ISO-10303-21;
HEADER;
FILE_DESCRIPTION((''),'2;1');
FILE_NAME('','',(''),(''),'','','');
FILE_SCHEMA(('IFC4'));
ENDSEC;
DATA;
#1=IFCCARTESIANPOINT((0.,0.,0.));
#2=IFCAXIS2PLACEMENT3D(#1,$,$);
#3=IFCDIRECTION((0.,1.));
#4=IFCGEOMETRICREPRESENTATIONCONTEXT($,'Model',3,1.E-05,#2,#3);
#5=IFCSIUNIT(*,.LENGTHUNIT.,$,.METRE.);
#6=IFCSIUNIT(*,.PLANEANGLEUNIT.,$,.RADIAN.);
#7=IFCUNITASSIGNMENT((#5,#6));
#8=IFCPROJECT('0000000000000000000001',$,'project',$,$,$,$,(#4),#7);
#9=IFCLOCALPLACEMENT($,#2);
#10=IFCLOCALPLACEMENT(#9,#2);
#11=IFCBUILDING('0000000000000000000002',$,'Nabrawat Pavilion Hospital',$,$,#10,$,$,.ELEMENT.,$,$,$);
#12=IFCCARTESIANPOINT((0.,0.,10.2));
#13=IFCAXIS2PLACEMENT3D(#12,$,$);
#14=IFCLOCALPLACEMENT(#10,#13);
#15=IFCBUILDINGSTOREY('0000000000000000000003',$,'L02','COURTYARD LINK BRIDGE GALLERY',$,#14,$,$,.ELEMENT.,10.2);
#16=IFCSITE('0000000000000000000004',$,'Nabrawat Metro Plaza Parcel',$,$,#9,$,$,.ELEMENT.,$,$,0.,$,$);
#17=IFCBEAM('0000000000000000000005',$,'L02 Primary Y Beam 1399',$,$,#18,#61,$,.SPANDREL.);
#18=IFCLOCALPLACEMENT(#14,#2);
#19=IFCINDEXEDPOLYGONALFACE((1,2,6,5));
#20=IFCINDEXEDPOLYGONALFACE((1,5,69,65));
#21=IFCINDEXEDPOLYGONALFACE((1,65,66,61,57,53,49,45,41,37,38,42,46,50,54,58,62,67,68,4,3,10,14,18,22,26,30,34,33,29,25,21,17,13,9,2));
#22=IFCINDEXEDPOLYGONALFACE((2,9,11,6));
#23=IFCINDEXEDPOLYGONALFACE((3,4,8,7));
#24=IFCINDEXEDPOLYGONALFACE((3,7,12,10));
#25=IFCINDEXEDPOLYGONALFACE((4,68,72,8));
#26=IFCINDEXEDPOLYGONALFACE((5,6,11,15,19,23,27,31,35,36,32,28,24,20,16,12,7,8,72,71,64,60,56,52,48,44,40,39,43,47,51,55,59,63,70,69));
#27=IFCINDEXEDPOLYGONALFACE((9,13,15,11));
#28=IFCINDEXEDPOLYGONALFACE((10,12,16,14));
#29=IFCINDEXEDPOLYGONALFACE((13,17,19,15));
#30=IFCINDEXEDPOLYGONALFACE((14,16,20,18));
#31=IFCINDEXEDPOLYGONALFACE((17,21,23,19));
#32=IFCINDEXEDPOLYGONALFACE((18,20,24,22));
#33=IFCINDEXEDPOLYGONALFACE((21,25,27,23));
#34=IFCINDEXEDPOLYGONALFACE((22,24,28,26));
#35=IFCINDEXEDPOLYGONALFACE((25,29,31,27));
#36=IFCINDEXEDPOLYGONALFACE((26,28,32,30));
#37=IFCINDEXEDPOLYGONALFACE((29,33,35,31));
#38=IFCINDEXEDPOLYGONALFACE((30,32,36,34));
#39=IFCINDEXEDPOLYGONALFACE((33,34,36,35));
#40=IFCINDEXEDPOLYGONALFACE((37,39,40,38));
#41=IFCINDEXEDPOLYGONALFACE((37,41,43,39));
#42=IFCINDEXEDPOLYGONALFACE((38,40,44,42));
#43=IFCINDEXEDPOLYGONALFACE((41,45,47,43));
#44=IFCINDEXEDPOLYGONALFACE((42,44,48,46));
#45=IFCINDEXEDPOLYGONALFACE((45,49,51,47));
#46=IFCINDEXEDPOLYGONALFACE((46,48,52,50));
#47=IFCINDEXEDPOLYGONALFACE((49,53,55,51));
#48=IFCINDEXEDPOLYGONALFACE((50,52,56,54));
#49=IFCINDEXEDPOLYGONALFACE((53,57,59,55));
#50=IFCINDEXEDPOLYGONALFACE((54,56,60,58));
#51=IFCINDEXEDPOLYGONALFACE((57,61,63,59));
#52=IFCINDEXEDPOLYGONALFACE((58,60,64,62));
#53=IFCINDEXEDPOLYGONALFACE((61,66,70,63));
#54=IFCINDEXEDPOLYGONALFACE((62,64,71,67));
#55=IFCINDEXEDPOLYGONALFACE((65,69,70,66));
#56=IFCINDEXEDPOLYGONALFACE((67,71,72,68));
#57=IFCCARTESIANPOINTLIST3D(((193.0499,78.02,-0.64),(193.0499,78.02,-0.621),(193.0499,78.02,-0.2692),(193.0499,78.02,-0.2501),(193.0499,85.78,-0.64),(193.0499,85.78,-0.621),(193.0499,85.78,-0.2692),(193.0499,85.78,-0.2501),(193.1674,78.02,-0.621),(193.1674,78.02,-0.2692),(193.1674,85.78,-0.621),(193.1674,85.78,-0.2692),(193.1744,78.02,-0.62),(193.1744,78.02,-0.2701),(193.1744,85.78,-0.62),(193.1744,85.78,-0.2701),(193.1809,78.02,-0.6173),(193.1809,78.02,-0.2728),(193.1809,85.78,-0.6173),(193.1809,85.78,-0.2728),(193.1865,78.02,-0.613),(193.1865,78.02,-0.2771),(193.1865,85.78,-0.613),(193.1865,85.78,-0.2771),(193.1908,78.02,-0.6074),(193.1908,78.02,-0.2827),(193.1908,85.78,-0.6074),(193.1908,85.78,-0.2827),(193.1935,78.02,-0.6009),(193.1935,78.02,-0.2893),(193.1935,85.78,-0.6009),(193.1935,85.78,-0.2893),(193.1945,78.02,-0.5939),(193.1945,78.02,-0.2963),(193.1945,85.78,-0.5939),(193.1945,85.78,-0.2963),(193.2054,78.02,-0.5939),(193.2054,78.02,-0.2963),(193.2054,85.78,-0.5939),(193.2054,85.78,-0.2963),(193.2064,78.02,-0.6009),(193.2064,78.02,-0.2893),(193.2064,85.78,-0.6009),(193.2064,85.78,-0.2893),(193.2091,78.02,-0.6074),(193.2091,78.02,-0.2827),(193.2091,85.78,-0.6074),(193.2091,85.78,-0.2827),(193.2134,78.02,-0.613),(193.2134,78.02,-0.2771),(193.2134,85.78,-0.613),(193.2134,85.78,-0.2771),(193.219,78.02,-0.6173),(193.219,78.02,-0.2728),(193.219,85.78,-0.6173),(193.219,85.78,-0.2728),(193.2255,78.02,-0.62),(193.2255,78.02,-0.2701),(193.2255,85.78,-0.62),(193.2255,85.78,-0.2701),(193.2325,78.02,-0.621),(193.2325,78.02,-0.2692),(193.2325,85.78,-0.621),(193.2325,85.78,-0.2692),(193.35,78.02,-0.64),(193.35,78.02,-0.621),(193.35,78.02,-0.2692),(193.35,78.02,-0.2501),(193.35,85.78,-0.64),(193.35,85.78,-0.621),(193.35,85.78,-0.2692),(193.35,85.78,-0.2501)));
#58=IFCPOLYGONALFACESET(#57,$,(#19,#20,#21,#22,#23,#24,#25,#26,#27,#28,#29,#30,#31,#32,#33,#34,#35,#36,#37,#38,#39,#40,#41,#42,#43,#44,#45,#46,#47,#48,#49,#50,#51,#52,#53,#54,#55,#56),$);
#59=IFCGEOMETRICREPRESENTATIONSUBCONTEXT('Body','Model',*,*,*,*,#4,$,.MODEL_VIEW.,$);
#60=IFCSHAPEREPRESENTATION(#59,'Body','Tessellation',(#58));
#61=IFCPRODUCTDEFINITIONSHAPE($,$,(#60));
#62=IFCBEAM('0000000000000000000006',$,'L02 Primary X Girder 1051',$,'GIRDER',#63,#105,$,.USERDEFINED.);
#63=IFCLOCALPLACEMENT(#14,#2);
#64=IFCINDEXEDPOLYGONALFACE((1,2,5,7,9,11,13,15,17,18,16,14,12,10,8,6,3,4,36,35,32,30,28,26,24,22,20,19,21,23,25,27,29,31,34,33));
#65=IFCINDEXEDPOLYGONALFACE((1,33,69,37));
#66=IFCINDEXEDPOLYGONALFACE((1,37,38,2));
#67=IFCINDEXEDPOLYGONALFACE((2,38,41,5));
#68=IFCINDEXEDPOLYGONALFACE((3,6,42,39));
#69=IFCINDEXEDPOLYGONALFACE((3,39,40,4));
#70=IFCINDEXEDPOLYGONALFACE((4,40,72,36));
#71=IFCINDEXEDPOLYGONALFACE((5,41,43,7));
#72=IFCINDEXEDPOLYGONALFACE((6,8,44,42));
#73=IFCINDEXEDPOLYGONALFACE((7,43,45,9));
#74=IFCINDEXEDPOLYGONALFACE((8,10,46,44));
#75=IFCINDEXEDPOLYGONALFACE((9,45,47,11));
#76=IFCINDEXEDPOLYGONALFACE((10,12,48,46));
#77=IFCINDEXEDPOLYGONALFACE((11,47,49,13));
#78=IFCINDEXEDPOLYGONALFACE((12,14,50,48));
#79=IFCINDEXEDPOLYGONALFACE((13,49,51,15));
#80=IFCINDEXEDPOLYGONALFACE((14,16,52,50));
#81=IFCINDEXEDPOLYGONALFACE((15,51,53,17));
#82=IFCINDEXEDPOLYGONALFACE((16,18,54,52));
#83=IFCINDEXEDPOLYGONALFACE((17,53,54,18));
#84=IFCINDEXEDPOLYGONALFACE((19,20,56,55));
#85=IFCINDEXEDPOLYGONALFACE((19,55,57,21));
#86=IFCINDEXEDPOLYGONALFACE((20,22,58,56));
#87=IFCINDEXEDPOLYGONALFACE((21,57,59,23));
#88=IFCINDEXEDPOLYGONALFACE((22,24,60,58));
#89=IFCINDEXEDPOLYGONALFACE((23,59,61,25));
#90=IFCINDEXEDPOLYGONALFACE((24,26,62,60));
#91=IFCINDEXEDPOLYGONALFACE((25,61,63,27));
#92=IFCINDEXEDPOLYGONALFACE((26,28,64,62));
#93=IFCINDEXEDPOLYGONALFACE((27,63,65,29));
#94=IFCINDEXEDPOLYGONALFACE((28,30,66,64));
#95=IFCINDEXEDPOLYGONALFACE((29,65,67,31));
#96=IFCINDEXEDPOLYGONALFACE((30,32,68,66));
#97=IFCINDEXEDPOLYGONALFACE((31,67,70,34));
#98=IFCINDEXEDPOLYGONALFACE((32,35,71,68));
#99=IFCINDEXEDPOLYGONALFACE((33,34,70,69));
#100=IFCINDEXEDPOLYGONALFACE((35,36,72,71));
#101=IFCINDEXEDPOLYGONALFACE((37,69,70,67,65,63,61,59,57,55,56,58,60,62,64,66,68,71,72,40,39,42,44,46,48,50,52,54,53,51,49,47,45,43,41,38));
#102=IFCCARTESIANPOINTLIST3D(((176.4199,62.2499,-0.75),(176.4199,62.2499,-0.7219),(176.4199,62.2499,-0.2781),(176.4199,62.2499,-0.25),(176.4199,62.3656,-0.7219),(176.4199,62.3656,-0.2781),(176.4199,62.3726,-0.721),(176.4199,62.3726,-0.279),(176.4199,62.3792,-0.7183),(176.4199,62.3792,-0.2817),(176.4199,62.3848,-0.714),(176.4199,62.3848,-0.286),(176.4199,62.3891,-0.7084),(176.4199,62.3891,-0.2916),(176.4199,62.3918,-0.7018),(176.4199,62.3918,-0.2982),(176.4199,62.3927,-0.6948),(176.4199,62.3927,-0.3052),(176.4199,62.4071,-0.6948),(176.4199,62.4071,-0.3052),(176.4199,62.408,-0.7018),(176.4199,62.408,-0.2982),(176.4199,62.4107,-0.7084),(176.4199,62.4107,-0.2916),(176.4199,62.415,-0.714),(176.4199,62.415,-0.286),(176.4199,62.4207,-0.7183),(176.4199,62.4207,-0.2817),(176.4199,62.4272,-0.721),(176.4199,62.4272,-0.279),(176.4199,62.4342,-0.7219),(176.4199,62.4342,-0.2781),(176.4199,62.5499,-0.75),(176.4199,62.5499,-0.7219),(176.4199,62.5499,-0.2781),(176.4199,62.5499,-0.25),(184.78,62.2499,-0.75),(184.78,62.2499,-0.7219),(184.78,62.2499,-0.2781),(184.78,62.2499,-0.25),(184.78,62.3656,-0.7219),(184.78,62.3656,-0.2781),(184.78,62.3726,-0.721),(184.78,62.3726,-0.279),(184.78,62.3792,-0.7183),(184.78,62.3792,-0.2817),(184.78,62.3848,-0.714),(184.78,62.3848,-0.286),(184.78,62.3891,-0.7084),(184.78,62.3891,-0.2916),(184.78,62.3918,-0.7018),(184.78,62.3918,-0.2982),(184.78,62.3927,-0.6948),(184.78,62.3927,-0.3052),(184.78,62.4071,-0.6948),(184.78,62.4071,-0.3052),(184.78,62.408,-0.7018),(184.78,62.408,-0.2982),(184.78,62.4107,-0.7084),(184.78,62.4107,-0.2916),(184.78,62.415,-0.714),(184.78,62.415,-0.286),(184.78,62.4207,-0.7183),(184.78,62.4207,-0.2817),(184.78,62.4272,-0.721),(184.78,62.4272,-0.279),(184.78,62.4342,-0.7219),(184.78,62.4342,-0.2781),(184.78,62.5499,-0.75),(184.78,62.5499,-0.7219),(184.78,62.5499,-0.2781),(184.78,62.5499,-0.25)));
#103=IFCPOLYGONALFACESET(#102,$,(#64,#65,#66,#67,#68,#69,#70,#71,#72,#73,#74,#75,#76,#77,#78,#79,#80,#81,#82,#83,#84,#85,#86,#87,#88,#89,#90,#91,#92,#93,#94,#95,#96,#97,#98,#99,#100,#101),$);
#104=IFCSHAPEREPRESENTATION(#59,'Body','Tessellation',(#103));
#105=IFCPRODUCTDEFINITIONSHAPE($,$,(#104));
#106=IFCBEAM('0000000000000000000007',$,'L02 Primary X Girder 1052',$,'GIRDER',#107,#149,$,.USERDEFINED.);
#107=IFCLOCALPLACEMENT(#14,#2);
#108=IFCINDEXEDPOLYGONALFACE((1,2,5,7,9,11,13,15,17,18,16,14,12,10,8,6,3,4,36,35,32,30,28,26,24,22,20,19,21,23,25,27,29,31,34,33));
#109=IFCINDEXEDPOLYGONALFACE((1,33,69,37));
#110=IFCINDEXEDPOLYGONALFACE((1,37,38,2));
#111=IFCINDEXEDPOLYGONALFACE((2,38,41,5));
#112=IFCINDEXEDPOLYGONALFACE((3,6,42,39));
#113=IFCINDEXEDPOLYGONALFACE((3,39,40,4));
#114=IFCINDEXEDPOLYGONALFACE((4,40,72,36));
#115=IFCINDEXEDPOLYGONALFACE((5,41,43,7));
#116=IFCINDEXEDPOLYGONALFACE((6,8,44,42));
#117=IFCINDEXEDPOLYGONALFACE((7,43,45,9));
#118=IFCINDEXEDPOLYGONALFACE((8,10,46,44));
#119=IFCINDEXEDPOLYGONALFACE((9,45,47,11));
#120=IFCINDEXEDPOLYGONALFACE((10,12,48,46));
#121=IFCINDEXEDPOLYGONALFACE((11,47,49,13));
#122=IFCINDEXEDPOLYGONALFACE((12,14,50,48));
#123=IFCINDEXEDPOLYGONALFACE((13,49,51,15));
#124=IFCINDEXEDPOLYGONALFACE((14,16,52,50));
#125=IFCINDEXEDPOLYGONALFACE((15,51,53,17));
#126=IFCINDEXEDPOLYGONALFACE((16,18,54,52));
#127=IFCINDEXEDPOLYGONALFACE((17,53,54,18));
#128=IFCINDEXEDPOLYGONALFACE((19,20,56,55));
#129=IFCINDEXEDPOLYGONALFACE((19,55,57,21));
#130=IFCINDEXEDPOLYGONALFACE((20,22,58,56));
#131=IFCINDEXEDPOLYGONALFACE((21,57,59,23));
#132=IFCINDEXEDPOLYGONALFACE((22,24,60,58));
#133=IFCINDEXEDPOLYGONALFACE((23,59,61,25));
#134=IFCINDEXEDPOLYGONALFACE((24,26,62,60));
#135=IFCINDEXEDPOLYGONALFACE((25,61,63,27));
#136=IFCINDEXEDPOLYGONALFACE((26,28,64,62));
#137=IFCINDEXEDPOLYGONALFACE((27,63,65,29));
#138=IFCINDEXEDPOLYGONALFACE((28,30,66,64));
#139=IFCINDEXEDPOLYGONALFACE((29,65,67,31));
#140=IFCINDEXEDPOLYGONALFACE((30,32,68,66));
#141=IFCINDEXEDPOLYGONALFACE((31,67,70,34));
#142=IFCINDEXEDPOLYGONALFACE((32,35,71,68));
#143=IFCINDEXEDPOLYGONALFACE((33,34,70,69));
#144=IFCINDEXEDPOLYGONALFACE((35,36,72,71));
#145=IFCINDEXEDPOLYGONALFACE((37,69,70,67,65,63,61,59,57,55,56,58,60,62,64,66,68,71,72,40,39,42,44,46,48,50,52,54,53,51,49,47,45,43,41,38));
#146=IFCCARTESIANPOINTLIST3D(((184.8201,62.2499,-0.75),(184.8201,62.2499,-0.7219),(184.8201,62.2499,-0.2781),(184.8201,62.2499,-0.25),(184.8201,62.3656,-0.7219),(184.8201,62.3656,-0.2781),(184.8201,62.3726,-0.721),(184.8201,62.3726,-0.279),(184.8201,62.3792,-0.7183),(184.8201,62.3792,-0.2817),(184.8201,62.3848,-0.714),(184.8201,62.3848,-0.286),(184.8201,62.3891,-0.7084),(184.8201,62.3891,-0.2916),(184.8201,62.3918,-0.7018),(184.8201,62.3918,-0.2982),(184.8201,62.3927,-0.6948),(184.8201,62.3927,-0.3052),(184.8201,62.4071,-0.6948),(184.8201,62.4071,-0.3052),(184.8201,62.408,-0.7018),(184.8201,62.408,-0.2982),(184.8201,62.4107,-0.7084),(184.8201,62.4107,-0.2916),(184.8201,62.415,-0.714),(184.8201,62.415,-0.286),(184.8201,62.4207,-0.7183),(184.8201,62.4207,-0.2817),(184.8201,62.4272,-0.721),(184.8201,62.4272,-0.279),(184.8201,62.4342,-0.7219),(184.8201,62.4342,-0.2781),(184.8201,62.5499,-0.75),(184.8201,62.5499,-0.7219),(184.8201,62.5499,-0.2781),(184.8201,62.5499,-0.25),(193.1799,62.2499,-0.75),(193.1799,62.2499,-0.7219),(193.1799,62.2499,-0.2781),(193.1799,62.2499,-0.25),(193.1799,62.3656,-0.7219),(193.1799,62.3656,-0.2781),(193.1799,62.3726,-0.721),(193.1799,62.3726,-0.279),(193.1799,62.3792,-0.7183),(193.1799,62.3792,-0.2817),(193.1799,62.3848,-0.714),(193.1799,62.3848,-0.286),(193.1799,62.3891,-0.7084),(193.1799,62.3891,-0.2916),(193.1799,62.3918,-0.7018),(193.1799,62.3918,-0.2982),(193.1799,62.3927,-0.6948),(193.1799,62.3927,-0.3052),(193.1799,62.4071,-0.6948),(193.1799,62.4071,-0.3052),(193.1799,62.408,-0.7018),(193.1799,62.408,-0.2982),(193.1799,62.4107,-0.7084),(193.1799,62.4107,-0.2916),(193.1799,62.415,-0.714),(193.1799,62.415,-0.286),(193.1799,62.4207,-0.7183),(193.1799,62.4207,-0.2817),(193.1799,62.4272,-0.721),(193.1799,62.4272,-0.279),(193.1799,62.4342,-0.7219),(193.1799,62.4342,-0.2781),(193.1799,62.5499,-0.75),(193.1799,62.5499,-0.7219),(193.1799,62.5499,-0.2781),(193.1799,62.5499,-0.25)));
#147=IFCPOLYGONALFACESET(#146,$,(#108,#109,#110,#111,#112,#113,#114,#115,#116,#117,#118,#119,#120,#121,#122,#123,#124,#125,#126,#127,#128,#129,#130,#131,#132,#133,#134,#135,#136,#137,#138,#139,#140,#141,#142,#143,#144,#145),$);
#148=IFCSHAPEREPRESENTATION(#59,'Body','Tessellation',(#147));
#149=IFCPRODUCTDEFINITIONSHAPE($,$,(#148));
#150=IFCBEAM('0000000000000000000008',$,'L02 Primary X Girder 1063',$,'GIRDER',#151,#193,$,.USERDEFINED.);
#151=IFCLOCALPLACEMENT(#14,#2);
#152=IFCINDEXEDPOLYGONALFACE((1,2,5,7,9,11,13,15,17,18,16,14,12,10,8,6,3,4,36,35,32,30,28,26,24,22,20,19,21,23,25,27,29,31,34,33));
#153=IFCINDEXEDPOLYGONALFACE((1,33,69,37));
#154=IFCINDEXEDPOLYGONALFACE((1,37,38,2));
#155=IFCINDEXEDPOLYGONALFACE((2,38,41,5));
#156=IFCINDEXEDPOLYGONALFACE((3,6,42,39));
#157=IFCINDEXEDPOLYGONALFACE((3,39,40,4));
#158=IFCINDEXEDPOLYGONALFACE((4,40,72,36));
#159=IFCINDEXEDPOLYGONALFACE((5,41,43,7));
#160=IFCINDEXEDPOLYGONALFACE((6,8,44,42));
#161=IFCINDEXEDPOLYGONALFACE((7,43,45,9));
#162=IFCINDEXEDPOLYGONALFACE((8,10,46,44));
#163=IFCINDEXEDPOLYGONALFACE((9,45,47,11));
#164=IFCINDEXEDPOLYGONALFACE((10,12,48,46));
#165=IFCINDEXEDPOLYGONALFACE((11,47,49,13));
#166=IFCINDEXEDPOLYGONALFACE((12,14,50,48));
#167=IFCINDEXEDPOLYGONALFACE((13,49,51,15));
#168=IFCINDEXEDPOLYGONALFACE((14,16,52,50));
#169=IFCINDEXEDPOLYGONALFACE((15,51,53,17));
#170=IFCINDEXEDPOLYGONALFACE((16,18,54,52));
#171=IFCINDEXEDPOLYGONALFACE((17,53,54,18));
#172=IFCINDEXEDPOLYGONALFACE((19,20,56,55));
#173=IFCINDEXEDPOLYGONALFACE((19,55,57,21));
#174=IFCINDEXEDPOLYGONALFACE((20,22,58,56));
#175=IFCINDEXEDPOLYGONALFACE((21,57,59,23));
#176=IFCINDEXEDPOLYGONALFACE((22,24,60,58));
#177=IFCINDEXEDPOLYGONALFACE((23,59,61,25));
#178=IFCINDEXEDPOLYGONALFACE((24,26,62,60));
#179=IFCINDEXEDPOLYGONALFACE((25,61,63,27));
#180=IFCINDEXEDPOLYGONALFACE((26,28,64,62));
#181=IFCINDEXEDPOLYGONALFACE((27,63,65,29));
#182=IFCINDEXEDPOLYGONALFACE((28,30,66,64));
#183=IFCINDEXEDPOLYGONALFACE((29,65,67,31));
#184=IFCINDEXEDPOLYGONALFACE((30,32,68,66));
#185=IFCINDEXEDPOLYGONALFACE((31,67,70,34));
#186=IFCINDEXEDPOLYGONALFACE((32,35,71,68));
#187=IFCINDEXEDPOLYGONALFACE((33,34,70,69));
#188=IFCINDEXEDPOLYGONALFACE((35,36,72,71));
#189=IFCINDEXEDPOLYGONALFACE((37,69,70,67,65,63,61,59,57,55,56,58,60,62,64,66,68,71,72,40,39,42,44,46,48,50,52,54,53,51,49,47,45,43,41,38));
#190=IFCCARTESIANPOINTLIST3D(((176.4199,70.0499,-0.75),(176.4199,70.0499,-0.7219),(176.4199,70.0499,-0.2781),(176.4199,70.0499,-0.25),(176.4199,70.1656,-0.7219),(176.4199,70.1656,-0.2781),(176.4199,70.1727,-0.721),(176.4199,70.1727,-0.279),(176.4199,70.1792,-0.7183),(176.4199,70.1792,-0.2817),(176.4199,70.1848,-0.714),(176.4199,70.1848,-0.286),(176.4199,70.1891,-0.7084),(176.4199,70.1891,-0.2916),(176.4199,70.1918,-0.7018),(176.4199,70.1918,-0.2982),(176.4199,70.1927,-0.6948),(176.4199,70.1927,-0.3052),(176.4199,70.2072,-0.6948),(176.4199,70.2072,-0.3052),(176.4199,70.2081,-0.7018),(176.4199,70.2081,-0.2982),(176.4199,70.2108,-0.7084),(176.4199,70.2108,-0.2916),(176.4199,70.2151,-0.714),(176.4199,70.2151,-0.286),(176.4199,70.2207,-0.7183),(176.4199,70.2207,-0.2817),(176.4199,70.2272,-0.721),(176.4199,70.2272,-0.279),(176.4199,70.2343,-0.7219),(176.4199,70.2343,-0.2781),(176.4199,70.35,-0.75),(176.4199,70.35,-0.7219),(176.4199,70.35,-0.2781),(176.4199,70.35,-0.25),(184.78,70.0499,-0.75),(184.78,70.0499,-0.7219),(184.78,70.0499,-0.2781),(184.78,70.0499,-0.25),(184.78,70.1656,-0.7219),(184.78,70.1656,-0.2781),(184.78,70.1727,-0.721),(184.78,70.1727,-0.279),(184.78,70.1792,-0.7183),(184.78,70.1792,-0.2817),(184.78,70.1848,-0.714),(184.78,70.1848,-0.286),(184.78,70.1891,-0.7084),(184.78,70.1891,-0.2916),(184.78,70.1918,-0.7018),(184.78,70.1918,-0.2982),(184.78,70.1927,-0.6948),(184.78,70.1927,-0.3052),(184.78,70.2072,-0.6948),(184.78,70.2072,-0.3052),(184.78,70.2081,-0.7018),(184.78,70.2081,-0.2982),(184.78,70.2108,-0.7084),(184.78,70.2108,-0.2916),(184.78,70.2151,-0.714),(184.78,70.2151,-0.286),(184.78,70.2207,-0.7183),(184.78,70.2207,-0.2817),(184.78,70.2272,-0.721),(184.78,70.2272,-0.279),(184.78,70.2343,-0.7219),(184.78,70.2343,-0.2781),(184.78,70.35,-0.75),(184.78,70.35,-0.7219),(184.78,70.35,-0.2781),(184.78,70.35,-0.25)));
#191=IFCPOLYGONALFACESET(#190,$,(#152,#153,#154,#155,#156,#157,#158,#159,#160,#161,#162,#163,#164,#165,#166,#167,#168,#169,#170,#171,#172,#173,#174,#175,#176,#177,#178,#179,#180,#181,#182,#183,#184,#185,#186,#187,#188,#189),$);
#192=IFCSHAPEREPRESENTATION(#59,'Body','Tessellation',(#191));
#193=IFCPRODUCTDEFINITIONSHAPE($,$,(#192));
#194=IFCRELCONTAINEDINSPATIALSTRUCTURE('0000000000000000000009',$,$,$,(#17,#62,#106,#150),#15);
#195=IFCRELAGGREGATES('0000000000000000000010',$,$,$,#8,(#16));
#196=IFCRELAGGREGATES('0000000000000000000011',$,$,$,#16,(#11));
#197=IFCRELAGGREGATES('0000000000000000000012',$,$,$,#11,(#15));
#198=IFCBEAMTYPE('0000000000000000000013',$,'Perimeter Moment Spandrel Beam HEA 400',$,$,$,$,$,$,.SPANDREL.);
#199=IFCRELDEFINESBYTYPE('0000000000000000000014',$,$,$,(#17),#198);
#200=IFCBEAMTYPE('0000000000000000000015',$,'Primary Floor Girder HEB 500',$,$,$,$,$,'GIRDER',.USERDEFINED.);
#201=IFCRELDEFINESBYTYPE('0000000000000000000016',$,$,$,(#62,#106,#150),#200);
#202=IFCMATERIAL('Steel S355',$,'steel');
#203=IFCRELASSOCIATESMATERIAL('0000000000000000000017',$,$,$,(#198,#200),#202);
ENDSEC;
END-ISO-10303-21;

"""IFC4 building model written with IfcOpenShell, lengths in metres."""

from ifc_helpers import new_model, si_unit, direction, frame, origin, origin_2d, place, context, subcontext, project, spatial, i_section, extrude, material, material_profile, profile_set, type_object, element, save


model = new_model("IFC4")

# Units and contexts
model_context = context("Model", 3, precision=1e-05, world=origin(), true_north=direction((0.0, 1.0)))
body_context = subcontext(model_context, "Body", "Model", "MODEL_VIEW")
ifc_project = project(units=[si_unit("LENGTHUNIT", "METRE"), si_unit("PLANEANGLEUNIT", "RADIAN")], contexts=[model_context])

# Site, building, storey
site_placement = place(None, origin())
site = spatial("IfcSite", under=ifc_project, at=site_placement, Name="Nabrawat Metro Plaza Parcel", CompositionType="ELEMENT", RefElevation=0.0)
building_placement = place(site_placement, origin())
building = spatial("IfcBuilding", under=site, at=building_placement, Name="Nabrawat Pavilion Hospital", CompositionType="ELEMENT")
storey_placement = place(building_placement, frame((0.0, 0.0, 10.2)))
storey = spatial("IfcBuildingStorey", under=building, at=storey_placement, Name="L02", Description="COURTYARD LINK BRIDGE GALLERY", CompositionType="ELEMENT", Elevation=10.2)

# Shared definitions
ifc_material_1 = material(Name="Steel S355", Category="steel")

# Beams
ifc_material_profile_1 = material_profile(ifc_material_1, i_section(OverallWidth=0.3, OverallDepth=0.3899, WebThickness=0.011, FlangeThickness=0.019, FilletRadius=0.0271, at=origin_2d()), Name="HEA 400")
ifc_profile_set_1 = profile_set([ifc_material_profile_1], Name="Steel S355")
beam_type_1 = type_object("IfcBeamType", Name="Perimeter Moment Spandrel Beam HEA 400", PredefinedType="SPANDREL", material=ifc_profile_set_1)
for number, where, z_axis, x_axis, name in (
    (1, (193.2, 78.02, -0.4451), (0.0, 1.0, 0.0), (-1.0, 0.0, 0.0), "L02 Primary Y Beam 1399"),
):
    element("IfcBeam", number, at=place(storey_placement, frame(where, z_axis=z_axis, x_axis=x_axis)), inside=storey, type_object=beam_type_1, Name=name, PredefinedType="SPANDREL", context=body_context, shape_type="SweptSolid", body=[
        extrude(i_section(OverallWidth=0.3, OverallDepth=0.3899, WebThickness=0.011, FlangeThickness=0.019, FilletRadius=0.0271, at=origin_2d()), origin(), (0.0, 0.0, 1.0), 7.76),
    ])
ifc_material_profile_2 = material_profile(ifc_material_1, i_section(OverallWidth=0.3, OverallDepth=0.5, WebThickness=0.0144, FlangeThickness=0.0281, FilletRadius=0.0271, at=origin_2d()), Name="HEB 500")
ifc_profile_set_2 = profile_set([ifc_material_profile_2], Name="Steel S355")
beam_type_2 = type_object("IfcBeamType", Name="Primary Floor Girder HEB 500", ElementType="GIRDER", PredefinedType="USERDEFINED", material=ifc_profile_set_2)
beam_1_placement = place(storey_placement, frame((176.4199, 62.3999, -0.5), z_axis=(1.0, 0.0, 0.0), x_axis=(0.0, 1.0, 0.0)))
element("IfcBeam", 2, at=beam_1_placement, inside=storey, type_object=beam_type_2, Name="L02 Primary X Girder 1051", ObjectType="GIRDER", PredefinedType="USERDEFINED", context=body_context, shape_type="SweptSolid", body=[
    extrude(i_section(OverallWidth=0.3, OverallDepth=0.5, WebThickness=0.0144, FlangeThickness=0.0281, FilletRadius=0.0271, at=origin_2d()), origin(), (0.0, 0.0, 1.0), 8.3601),
])
beam_2_placement = place(storey_placement, frame((184.8201, 62.3999, -0.5), z_axis=(1.0, 0.0, 0.0), x_axis=(0.0, 1.0, 0.0)))
element("IfcBeam", 3, at=beam_2_placement, inside=storey, type_object=beam_type_2, Name="L02 Primary X Girder 1052", ObjectType="GIRDER", PredefinedType="USERDEFINED", context=body_context, shape_type="SweptSolid", body=[
    extrude(i_section(OverallWidth=0.3, OverallDepth=0.5, WebThickness=0.0144, FlangeThickness=0.0281, FilletRadius=0.0271, at=origin_2d()), origin(), (0.0, 0.0, 1.0), 8.3599),
])
beam_3_placement = place(storey_placement, frame((176.4199, 70.2, -0.5), z_axis=(1.0, 0.0, 0.0), x_axis=(0.0, 1.0, 0.0)))
element("IfcBeam", 4, at=beam_3_placement, inside=storey, type_object=beam_type_2, Name="L02 Primary X Girder 1063", ObjectType="GIRDER", PredefinedType="USERDEFINED", context=body_context, shape_type="SweptSolid", body=[
    extrude(i_section(OverallWidth=0.3, OverallDepth=0.5, WebThickness=0.0144, FlangeThickness=0.0281, FilletRadius=0.0271, at=origin_2d()), origin(), (0.0, 0.0, 1.0), 8.3601),
])

save(model, "model.ifc")
